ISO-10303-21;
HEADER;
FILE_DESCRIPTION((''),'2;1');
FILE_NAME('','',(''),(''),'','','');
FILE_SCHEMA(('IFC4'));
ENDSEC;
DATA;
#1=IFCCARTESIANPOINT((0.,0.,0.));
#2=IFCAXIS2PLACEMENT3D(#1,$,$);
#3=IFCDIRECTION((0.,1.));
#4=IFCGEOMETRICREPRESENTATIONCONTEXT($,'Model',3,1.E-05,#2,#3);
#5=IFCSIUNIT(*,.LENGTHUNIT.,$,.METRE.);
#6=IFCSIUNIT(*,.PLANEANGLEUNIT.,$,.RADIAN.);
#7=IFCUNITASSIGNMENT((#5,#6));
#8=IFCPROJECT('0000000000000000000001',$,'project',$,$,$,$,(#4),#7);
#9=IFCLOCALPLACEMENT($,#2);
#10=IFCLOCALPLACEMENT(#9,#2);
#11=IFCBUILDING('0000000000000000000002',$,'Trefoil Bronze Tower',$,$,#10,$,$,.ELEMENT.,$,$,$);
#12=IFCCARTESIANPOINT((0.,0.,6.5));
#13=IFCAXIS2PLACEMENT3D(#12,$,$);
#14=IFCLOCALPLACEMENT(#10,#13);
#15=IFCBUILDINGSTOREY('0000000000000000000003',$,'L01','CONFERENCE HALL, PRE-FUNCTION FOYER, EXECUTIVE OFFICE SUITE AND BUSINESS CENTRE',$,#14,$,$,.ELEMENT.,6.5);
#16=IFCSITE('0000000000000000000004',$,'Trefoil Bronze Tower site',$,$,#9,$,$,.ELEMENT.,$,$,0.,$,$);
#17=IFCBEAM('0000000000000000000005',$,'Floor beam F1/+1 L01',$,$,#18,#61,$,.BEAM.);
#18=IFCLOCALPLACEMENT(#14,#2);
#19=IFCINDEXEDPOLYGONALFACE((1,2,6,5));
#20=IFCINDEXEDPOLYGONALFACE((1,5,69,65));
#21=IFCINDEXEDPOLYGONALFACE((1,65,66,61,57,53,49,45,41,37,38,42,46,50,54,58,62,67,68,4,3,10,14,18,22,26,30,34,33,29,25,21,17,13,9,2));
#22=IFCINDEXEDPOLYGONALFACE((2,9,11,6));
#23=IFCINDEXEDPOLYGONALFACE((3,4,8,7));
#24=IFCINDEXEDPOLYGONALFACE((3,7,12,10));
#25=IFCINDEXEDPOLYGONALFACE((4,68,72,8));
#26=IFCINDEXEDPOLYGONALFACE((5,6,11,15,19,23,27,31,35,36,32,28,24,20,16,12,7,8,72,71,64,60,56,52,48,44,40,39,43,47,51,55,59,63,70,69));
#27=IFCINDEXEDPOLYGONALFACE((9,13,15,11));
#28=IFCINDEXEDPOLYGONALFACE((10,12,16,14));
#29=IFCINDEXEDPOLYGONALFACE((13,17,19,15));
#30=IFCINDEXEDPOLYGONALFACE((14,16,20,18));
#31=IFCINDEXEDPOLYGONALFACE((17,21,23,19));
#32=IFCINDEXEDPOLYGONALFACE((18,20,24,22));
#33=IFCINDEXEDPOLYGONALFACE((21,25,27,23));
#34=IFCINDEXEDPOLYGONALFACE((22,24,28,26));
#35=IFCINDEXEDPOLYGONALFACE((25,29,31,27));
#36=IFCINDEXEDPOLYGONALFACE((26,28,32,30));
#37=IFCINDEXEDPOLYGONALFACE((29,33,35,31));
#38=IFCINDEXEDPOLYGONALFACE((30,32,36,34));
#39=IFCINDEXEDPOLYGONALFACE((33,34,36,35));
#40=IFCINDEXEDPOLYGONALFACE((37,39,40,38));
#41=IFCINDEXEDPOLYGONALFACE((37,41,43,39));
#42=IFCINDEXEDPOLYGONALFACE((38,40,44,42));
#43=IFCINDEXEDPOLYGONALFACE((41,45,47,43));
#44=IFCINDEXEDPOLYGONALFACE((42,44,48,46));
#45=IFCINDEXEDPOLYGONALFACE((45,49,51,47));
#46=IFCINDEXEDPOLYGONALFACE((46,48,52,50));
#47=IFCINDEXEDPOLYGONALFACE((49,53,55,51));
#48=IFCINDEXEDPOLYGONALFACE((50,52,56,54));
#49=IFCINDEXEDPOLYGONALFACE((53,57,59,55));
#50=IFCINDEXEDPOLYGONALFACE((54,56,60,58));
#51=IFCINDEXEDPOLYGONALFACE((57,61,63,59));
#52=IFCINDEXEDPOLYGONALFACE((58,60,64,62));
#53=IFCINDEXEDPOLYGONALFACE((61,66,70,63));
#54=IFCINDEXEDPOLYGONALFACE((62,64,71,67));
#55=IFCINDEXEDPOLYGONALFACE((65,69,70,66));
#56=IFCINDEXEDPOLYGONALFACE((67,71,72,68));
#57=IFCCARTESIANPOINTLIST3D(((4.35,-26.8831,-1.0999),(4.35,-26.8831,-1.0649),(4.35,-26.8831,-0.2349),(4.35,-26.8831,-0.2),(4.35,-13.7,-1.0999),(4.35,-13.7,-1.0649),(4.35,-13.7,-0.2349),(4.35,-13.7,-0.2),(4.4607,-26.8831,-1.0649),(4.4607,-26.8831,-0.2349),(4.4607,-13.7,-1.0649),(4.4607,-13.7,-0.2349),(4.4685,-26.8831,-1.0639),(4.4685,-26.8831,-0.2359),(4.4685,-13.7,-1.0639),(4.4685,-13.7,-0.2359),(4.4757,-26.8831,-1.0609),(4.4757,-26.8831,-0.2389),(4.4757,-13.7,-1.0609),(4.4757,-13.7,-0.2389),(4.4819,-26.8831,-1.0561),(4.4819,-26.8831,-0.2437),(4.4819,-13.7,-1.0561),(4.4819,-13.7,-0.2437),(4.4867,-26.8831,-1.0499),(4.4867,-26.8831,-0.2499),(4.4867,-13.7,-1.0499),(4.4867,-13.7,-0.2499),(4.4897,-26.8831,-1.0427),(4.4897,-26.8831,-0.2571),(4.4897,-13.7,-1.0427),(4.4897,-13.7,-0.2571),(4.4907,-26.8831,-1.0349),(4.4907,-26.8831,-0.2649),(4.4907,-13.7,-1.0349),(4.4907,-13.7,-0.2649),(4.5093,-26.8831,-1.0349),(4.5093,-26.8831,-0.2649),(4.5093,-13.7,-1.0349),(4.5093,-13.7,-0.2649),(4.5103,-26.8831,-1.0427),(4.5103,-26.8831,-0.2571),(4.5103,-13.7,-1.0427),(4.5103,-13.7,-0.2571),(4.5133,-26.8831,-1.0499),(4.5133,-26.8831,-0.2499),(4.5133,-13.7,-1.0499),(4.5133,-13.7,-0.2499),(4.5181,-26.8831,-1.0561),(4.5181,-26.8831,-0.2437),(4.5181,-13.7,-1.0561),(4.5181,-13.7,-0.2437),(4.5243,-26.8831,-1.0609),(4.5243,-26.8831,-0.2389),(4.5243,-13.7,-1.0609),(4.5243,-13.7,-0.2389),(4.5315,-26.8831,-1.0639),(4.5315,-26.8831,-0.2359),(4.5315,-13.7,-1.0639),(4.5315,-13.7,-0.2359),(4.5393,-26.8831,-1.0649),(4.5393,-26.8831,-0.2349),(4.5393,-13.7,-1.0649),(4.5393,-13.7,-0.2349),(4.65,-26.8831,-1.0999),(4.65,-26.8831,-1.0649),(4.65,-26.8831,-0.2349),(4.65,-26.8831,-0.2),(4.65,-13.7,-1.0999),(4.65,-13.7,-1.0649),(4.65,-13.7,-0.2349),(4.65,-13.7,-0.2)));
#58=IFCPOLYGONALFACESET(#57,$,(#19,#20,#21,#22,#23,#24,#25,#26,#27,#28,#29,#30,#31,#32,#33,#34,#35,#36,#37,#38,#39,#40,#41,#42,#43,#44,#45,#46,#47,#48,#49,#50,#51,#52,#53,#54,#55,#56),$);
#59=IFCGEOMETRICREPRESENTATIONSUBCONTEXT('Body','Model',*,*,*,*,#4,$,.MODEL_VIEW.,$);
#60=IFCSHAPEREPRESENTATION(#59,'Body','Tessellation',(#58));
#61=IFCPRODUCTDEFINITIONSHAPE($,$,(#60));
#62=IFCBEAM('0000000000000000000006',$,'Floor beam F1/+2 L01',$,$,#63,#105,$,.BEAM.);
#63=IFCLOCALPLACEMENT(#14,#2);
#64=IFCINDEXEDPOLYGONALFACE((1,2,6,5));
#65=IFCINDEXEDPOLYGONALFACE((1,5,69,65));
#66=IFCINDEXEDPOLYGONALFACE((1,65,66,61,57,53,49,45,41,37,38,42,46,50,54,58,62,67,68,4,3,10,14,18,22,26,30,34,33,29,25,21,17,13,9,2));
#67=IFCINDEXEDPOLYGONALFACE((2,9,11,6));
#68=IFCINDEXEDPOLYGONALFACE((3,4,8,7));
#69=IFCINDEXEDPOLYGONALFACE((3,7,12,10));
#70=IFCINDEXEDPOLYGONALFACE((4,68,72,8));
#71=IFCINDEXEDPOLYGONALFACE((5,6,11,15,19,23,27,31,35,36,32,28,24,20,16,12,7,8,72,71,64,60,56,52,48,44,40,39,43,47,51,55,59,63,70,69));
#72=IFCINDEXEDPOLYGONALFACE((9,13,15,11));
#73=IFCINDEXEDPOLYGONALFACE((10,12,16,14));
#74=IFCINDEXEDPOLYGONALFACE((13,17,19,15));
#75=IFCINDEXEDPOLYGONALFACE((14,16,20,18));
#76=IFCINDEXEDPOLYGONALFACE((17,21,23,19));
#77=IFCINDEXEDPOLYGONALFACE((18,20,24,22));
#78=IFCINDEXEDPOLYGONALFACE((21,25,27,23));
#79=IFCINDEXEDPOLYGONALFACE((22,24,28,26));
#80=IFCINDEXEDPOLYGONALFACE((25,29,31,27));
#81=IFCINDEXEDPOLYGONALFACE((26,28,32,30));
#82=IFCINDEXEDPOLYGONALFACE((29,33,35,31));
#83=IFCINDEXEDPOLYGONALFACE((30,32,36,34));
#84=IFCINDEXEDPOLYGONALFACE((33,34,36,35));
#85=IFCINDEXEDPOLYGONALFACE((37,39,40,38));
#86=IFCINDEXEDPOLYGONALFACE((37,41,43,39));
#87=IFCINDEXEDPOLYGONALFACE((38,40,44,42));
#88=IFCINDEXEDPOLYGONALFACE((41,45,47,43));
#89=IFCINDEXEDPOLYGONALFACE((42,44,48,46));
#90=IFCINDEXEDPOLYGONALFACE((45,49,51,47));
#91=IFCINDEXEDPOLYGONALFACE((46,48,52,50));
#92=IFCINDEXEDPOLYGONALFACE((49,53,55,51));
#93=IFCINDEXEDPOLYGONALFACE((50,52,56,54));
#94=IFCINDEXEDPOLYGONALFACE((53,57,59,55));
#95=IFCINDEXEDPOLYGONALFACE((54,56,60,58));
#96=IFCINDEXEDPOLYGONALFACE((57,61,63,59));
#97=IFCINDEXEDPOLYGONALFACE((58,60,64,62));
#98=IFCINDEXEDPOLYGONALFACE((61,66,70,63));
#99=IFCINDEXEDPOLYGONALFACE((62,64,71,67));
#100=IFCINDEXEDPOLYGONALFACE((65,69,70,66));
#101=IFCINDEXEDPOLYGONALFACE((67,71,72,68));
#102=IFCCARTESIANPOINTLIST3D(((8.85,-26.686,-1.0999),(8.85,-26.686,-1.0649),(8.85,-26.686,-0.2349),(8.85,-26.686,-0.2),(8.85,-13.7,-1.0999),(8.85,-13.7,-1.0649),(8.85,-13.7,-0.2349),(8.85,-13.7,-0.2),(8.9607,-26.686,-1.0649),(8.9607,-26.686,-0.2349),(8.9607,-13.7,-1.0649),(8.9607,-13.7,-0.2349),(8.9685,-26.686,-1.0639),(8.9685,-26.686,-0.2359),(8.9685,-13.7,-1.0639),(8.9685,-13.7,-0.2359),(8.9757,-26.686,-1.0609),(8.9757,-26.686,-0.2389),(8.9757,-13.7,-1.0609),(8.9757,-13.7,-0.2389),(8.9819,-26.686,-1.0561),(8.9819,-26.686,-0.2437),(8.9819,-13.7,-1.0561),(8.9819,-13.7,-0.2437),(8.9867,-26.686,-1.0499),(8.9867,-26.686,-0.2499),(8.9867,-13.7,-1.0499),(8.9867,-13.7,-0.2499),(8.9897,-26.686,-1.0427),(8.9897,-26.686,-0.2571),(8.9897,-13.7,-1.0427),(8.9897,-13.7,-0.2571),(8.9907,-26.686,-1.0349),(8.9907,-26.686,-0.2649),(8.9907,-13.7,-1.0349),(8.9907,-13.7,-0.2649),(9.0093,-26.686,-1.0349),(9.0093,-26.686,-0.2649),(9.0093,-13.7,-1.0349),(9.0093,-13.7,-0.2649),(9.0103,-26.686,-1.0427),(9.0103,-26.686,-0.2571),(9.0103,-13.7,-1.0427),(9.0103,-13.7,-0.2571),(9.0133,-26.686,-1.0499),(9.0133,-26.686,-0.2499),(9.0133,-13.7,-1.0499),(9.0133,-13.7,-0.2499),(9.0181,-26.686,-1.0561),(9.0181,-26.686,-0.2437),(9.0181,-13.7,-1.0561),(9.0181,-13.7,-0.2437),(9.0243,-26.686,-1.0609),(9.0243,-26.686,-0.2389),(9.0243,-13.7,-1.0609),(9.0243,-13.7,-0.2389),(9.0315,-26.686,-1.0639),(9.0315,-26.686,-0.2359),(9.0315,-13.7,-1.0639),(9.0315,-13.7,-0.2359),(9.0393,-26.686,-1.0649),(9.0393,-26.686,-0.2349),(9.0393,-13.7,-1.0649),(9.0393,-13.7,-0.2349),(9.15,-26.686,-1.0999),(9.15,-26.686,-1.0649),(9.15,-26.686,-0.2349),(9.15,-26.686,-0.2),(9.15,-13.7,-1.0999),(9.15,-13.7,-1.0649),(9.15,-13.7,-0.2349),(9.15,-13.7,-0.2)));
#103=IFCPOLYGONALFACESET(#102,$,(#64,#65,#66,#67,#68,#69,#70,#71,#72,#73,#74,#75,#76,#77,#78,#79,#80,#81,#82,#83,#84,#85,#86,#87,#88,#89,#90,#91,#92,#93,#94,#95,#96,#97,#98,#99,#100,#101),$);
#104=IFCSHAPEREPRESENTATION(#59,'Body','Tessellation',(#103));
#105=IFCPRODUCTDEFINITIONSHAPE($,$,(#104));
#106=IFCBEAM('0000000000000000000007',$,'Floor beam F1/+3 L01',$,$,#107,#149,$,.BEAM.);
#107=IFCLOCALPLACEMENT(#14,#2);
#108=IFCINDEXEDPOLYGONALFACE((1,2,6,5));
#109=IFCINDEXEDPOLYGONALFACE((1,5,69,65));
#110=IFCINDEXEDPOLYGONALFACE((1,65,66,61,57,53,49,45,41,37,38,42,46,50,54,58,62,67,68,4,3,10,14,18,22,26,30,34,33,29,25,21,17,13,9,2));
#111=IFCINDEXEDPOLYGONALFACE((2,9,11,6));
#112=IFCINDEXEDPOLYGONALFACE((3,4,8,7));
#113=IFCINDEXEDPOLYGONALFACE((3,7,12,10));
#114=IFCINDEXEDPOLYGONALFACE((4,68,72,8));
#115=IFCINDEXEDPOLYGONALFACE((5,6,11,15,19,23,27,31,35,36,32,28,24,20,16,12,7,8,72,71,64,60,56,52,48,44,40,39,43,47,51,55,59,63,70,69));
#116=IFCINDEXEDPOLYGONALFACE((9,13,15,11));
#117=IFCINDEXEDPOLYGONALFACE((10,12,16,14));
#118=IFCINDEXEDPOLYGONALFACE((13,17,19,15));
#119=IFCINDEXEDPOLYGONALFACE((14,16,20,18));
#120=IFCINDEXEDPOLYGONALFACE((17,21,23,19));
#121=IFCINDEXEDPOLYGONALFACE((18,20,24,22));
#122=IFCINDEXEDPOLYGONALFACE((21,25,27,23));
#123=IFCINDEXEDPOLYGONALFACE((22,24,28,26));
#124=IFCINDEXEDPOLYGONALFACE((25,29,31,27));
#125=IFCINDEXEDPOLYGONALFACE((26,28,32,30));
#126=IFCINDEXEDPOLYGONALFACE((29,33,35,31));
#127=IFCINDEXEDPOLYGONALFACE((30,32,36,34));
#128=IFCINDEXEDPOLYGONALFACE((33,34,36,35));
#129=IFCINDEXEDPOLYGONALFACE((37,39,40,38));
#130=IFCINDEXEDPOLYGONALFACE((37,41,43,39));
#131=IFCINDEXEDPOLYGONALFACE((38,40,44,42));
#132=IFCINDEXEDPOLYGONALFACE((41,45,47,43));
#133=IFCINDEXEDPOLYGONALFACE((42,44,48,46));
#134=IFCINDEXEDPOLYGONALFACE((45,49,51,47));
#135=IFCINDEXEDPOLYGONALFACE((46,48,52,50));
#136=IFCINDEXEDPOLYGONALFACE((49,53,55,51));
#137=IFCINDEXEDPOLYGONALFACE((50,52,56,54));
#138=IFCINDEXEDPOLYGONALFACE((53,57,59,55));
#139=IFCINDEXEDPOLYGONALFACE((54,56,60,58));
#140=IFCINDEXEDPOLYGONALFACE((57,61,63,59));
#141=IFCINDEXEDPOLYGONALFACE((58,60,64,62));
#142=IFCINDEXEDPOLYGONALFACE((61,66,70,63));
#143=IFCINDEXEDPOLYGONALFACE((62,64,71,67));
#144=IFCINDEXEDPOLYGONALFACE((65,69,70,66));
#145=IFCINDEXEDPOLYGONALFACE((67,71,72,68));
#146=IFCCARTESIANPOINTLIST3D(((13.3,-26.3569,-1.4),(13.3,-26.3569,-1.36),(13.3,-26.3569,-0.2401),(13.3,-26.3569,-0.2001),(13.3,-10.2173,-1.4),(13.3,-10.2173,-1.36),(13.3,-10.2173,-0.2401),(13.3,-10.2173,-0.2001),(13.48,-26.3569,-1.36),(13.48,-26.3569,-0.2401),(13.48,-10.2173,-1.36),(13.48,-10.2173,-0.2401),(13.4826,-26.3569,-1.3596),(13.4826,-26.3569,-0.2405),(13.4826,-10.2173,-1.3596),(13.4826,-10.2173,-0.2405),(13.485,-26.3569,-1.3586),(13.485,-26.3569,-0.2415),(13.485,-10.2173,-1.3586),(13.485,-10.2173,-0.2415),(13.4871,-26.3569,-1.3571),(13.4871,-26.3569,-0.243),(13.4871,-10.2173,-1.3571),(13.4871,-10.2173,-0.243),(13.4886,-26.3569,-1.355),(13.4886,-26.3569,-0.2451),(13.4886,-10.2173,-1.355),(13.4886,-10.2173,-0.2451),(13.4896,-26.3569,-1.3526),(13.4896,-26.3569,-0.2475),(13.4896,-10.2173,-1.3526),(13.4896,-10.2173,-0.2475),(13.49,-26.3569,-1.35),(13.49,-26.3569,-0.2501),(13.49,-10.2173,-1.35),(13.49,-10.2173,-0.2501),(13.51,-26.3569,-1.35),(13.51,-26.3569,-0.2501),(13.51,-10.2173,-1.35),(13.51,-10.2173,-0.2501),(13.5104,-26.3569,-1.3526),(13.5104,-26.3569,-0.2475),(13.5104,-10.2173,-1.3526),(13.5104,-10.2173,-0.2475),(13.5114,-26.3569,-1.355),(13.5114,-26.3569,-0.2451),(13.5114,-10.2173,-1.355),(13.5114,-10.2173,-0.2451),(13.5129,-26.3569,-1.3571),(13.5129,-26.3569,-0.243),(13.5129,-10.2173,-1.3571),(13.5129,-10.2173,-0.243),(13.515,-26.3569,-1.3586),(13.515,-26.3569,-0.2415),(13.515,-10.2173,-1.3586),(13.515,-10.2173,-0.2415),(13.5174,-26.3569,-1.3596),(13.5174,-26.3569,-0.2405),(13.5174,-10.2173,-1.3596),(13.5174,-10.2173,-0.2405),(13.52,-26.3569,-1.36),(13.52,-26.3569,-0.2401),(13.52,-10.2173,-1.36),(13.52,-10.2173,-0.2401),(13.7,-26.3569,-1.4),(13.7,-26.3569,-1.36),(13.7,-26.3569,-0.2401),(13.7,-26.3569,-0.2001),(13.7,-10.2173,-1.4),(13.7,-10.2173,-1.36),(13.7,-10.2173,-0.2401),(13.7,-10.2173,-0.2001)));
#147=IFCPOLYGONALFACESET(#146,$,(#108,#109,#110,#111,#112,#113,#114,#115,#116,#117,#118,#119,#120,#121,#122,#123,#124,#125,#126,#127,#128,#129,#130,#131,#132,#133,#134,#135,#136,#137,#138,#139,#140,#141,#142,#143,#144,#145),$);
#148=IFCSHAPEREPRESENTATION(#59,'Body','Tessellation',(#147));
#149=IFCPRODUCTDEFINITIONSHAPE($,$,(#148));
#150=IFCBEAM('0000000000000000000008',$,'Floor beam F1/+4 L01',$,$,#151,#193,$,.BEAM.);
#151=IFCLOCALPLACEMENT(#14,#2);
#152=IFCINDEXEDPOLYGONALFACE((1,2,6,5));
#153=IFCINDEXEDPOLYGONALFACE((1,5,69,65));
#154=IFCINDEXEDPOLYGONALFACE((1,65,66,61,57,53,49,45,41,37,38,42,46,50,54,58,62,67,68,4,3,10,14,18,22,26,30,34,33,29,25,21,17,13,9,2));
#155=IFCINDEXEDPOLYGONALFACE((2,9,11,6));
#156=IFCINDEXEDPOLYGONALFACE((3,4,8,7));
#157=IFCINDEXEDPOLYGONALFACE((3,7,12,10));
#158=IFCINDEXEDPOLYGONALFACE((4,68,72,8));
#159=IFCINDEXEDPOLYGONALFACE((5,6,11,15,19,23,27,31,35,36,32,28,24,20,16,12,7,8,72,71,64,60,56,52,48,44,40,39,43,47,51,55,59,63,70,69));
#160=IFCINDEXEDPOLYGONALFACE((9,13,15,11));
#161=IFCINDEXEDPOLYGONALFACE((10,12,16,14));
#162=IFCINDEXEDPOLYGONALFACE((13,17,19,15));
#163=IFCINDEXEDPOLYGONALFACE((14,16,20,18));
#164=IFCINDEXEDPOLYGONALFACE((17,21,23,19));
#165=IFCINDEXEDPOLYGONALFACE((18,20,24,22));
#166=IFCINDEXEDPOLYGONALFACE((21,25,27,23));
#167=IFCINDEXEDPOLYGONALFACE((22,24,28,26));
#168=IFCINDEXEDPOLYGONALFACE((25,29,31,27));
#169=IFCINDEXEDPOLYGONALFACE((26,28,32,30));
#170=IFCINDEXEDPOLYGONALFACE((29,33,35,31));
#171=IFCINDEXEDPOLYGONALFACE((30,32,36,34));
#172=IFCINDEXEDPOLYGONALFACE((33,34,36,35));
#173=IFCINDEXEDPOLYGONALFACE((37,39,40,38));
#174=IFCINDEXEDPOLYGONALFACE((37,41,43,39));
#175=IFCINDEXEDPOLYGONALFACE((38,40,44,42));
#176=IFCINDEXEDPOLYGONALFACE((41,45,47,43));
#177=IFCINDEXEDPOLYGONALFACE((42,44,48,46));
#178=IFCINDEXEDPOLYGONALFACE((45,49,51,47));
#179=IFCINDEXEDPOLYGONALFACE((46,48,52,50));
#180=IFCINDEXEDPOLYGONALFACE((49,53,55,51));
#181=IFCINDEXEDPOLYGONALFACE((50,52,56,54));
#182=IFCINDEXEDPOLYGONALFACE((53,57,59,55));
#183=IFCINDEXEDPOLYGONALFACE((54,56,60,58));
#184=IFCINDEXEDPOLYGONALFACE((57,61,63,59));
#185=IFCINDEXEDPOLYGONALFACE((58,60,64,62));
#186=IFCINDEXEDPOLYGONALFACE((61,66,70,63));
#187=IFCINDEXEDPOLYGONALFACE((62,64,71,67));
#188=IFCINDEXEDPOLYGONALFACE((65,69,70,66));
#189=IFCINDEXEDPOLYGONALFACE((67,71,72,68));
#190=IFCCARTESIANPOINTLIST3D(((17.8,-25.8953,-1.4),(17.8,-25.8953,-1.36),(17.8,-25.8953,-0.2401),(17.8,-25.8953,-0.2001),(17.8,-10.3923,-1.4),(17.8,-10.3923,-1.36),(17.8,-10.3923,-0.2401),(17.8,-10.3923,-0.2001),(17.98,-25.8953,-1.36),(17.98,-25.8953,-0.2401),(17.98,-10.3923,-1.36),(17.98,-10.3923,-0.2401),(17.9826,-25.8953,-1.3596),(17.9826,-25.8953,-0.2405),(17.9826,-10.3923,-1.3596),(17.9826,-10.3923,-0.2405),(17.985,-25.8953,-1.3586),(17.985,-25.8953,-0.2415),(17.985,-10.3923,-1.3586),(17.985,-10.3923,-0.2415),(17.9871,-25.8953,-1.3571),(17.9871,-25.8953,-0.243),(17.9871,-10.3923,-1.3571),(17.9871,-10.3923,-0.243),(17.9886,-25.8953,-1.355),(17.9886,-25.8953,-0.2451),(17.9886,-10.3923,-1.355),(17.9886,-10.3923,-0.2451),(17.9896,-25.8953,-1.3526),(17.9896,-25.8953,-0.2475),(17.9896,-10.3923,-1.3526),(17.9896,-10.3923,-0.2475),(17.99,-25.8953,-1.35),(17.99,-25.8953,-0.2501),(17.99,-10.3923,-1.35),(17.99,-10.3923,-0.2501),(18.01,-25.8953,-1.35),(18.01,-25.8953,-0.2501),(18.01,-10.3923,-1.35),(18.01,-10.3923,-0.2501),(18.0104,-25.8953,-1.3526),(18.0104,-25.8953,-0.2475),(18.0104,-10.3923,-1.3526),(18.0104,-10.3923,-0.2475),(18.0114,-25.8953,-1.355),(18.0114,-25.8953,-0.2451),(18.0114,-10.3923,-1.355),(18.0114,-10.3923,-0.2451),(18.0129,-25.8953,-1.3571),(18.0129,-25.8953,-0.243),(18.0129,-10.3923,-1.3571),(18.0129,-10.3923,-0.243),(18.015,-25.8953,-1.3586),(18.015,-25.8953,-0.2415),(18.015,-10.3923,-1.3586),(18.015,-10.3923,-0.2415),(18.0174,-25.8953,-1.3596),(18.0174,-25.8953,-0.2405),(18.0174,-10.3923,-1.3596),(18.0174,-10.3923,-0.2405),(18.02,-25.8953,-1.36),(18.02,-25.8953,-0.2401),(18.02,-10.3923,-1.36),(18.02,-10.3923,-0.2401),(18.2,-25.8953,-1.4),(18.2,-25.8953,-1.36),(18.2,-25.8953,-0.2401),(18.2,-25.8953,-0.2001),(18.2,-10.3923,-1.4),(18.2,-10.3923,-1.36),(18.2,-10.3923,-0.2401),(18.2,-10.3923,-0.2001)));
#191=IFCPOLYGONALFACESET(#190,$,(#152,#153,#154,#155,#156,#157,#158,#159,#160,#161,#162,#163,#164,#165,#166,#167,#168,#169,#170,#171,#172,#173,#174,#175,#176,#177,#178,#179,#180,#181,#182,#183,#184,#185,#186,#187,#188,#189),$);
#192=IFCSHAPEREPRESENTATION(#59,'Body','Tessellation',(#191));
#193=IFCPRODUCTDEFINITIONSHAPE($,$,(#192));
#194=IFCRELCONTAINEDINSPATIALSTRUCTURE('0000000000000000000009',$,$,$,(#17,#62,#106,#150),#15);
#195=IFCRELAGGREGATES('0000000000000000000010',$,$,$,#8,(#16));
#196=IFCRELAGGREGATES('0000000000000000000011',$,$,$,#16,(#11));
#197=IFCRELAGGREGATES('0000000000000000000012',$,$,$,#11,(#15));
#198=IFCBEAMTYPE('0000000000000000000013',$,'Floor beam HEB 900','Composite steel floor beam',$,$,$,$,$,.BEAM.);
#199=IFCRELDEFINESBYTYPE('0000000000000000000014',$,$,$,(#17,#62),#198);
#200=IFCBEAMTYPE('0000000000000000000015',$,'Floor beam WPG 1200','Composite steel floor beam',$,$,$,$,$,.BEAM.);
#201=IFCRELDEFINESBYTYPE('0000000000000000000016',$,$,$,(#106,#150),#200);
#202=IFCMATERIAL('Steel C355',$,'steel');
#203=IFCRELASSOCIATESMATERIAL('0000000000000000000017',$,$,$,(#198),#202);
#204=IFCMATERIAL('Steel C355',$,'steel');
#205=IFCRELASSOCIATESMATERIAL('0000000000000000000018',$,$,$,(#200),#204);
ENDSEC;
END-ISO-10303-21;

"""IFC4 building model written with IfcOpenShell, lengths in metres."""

from ifc_helpers import new_model, si_unit, direction, frame, origin, origin_2d, place, context, subcontext, project, spatial, i_section, extrude, material, material_profile, profile_set, type_object, element, save


model = new_model("IFC4")

# Units and contexts
model_context = context("Model", 3, precision=1e-05, world=origin(), true_north=direction((0.0, 1.0)))
body_context = subcontext(model_context, "Body", "Model", "MODEL_VIEW")
ifc_project = project(units=[si_unit("LENGTHUNIT", "METRE"), si_unit("PLANEANGLEUNIT", "RADIAN")], contexts=[model_context])

# Site, building, storey
site_placement = place(None, origin())
site = spatial("IfcSite", under=ifc_project, at=site_placement, Name="Trefoil Bronze Tower site", CompositionType="ELEMENT", RefElevation=0.0)
building_placement = place(site_placement, origin())
building = spatial("IfcBuilding", under=site, at=building_placement, Name="Trefoil Bronze Tower", CompositionType="ELEMENT")
storey_placement = place(building_placement, frame((0.0, 0.0, 6.5)))
storey = spatial("IfcBuildingStorey", under=building, at=storey_placement, Name="L01", Description="CONFERENCE HALL, PRE-FUNCTION FOYER, EXECUTIVE OFFICE SUITE AND BUSINESS CENTRE", CompositionType="ELEMENT", Elevation=6.5)

# Beams
ifc_material_1 = material(Name="Steel C355", Category="steel")
ifc_material_profile_1 = material_profile(ifc_material_1, i_section(OverallWidth=0.3, OverallDepth=0.8999, WebThickness=0.0186, FlangeThickness=0.0349, FilletRadius=0.03, at=origin_2d()), Name="HEB 900")
ifc_profile_set_1 = profile_set([ifc_material_profile_1], Name="Steel C355")
beam_type_1 = type_object("IfcBeamType", Name="Floor beam HEB 900", Description="Composite steel floor beam", PredefinedType="BEAM", material=ifc_profile_set_1)
beam_1_placement = place(storey_placement, frame((4.5, -26.8831, -0.6499), z_axis=(0.0, 1.0, 0.0), x_axis=(-1.0, 0.0, 0.0)))
element("IfcBeam", 1, at=beam_1_placement, inside=storey, type_object=beam_type_1, Name="Floor beam F1/+1 L01", PredefinedType="BEAM", context=body_context, shape_type="SweptSolid", body=[
    extrude(i_section(OverallWidth=0.3, OverallDepth=0.8999, WebThickness=0.0186, FlangeThickness=0.0349, FilletRadius=0.03, at=origin_2d()), origin(), (0.0, 0.0, 1.0), 13.1831),
])
beam_2_placement = place(storey_placement, frame((9.0, -26.686, -0.6499), z_axis=(0.0, 1.0, 0.0), x_axis=(-1.0, 0.0, 0.0)))
element("IfcBeam", 2, at=beam_2_placement, inside=storey, type_object=beam_type_1, Name="Floor beam F1/+2 L01", PredefinedType="BEAM", context=body_context, shape_type="SweptSolid", body=[
    extrude(i_section(OverallWidth=0.3, OverallDepth=0.8999, WebThickness=0.0186, FlangeThickness=0.0349, FilletRadius=0.03, at=origin_2d()), origin(), (0.0, 0.0, 1.0), 12.9861),
])
ifc_material_2 = material(Name="Steel C355", Category="steel")
ifc_material_profile_2 = material_profile(ifc_material_2, i_section(OverallWidth=0.3999, OverallDepth=1.2, WebThickness=0.02, FlangeThickness=0.04, FilletRadius=0.01, at=origin_2d()), Name="WPG 1200")
ifc_profile_set_2 = profile_set([ifc_material_profile_2], Name="Steel C355")
beam_type_2 = type_object("IfcBeamType", Name="Floor beam WPG 1200", Description="Composite steel floor beam", PredefinedType="BEAM", material=ifc_profile_set_2)
beam_3_placement = place(storey_placement, frame((13.5, -26.3569, -0.8), z_axis=(0.0, 1.0, 0.0), x_axis=(-1.0, 0.0, 0.0)))
element("IfcBeam", 3, at=beam_3_placement, inside=storey, type_object=beam_type_2, Name="Floor beam F1/+3 L01", PredefinedType="BEAM", context=body_context, shape_type="SweptSolid", body=[
    extrude(i_section(OverallWidth=0.3999, OverallDepth=1.2, WebThickness=0.02, FlangeThickness=0.04, FilletRadius=0.01, at=origin_2d()), origin(), (0.0, 0.0, 1.0), 16.1396),
])
beam_4_placement = place(storey_placement, frame((18.0, -25.8953, -0.8), z_axis=(0.0, 1.0, 0.0), x_axis=(-1.0, 0.0, 0.0)))
element("IfcBeam", 4, at=beam_4_placement, inside=storey, type_object=beam_type_2, Name="Floor beam F1/+4 L01", PredefinedType="BEAM", context=body_context, shape_type="SweptSolid", body=[
    extrude(i_section(OverallWidth=0.3999, OverallDepth=1.2, WebThickness=0.02, FlangeThickness=0.04, FilletRadius=0.01, at=origin_2d()), origin(), (0.0, 0.0, 1.0), 15.5029),
])

save(model, "model.ifc")
